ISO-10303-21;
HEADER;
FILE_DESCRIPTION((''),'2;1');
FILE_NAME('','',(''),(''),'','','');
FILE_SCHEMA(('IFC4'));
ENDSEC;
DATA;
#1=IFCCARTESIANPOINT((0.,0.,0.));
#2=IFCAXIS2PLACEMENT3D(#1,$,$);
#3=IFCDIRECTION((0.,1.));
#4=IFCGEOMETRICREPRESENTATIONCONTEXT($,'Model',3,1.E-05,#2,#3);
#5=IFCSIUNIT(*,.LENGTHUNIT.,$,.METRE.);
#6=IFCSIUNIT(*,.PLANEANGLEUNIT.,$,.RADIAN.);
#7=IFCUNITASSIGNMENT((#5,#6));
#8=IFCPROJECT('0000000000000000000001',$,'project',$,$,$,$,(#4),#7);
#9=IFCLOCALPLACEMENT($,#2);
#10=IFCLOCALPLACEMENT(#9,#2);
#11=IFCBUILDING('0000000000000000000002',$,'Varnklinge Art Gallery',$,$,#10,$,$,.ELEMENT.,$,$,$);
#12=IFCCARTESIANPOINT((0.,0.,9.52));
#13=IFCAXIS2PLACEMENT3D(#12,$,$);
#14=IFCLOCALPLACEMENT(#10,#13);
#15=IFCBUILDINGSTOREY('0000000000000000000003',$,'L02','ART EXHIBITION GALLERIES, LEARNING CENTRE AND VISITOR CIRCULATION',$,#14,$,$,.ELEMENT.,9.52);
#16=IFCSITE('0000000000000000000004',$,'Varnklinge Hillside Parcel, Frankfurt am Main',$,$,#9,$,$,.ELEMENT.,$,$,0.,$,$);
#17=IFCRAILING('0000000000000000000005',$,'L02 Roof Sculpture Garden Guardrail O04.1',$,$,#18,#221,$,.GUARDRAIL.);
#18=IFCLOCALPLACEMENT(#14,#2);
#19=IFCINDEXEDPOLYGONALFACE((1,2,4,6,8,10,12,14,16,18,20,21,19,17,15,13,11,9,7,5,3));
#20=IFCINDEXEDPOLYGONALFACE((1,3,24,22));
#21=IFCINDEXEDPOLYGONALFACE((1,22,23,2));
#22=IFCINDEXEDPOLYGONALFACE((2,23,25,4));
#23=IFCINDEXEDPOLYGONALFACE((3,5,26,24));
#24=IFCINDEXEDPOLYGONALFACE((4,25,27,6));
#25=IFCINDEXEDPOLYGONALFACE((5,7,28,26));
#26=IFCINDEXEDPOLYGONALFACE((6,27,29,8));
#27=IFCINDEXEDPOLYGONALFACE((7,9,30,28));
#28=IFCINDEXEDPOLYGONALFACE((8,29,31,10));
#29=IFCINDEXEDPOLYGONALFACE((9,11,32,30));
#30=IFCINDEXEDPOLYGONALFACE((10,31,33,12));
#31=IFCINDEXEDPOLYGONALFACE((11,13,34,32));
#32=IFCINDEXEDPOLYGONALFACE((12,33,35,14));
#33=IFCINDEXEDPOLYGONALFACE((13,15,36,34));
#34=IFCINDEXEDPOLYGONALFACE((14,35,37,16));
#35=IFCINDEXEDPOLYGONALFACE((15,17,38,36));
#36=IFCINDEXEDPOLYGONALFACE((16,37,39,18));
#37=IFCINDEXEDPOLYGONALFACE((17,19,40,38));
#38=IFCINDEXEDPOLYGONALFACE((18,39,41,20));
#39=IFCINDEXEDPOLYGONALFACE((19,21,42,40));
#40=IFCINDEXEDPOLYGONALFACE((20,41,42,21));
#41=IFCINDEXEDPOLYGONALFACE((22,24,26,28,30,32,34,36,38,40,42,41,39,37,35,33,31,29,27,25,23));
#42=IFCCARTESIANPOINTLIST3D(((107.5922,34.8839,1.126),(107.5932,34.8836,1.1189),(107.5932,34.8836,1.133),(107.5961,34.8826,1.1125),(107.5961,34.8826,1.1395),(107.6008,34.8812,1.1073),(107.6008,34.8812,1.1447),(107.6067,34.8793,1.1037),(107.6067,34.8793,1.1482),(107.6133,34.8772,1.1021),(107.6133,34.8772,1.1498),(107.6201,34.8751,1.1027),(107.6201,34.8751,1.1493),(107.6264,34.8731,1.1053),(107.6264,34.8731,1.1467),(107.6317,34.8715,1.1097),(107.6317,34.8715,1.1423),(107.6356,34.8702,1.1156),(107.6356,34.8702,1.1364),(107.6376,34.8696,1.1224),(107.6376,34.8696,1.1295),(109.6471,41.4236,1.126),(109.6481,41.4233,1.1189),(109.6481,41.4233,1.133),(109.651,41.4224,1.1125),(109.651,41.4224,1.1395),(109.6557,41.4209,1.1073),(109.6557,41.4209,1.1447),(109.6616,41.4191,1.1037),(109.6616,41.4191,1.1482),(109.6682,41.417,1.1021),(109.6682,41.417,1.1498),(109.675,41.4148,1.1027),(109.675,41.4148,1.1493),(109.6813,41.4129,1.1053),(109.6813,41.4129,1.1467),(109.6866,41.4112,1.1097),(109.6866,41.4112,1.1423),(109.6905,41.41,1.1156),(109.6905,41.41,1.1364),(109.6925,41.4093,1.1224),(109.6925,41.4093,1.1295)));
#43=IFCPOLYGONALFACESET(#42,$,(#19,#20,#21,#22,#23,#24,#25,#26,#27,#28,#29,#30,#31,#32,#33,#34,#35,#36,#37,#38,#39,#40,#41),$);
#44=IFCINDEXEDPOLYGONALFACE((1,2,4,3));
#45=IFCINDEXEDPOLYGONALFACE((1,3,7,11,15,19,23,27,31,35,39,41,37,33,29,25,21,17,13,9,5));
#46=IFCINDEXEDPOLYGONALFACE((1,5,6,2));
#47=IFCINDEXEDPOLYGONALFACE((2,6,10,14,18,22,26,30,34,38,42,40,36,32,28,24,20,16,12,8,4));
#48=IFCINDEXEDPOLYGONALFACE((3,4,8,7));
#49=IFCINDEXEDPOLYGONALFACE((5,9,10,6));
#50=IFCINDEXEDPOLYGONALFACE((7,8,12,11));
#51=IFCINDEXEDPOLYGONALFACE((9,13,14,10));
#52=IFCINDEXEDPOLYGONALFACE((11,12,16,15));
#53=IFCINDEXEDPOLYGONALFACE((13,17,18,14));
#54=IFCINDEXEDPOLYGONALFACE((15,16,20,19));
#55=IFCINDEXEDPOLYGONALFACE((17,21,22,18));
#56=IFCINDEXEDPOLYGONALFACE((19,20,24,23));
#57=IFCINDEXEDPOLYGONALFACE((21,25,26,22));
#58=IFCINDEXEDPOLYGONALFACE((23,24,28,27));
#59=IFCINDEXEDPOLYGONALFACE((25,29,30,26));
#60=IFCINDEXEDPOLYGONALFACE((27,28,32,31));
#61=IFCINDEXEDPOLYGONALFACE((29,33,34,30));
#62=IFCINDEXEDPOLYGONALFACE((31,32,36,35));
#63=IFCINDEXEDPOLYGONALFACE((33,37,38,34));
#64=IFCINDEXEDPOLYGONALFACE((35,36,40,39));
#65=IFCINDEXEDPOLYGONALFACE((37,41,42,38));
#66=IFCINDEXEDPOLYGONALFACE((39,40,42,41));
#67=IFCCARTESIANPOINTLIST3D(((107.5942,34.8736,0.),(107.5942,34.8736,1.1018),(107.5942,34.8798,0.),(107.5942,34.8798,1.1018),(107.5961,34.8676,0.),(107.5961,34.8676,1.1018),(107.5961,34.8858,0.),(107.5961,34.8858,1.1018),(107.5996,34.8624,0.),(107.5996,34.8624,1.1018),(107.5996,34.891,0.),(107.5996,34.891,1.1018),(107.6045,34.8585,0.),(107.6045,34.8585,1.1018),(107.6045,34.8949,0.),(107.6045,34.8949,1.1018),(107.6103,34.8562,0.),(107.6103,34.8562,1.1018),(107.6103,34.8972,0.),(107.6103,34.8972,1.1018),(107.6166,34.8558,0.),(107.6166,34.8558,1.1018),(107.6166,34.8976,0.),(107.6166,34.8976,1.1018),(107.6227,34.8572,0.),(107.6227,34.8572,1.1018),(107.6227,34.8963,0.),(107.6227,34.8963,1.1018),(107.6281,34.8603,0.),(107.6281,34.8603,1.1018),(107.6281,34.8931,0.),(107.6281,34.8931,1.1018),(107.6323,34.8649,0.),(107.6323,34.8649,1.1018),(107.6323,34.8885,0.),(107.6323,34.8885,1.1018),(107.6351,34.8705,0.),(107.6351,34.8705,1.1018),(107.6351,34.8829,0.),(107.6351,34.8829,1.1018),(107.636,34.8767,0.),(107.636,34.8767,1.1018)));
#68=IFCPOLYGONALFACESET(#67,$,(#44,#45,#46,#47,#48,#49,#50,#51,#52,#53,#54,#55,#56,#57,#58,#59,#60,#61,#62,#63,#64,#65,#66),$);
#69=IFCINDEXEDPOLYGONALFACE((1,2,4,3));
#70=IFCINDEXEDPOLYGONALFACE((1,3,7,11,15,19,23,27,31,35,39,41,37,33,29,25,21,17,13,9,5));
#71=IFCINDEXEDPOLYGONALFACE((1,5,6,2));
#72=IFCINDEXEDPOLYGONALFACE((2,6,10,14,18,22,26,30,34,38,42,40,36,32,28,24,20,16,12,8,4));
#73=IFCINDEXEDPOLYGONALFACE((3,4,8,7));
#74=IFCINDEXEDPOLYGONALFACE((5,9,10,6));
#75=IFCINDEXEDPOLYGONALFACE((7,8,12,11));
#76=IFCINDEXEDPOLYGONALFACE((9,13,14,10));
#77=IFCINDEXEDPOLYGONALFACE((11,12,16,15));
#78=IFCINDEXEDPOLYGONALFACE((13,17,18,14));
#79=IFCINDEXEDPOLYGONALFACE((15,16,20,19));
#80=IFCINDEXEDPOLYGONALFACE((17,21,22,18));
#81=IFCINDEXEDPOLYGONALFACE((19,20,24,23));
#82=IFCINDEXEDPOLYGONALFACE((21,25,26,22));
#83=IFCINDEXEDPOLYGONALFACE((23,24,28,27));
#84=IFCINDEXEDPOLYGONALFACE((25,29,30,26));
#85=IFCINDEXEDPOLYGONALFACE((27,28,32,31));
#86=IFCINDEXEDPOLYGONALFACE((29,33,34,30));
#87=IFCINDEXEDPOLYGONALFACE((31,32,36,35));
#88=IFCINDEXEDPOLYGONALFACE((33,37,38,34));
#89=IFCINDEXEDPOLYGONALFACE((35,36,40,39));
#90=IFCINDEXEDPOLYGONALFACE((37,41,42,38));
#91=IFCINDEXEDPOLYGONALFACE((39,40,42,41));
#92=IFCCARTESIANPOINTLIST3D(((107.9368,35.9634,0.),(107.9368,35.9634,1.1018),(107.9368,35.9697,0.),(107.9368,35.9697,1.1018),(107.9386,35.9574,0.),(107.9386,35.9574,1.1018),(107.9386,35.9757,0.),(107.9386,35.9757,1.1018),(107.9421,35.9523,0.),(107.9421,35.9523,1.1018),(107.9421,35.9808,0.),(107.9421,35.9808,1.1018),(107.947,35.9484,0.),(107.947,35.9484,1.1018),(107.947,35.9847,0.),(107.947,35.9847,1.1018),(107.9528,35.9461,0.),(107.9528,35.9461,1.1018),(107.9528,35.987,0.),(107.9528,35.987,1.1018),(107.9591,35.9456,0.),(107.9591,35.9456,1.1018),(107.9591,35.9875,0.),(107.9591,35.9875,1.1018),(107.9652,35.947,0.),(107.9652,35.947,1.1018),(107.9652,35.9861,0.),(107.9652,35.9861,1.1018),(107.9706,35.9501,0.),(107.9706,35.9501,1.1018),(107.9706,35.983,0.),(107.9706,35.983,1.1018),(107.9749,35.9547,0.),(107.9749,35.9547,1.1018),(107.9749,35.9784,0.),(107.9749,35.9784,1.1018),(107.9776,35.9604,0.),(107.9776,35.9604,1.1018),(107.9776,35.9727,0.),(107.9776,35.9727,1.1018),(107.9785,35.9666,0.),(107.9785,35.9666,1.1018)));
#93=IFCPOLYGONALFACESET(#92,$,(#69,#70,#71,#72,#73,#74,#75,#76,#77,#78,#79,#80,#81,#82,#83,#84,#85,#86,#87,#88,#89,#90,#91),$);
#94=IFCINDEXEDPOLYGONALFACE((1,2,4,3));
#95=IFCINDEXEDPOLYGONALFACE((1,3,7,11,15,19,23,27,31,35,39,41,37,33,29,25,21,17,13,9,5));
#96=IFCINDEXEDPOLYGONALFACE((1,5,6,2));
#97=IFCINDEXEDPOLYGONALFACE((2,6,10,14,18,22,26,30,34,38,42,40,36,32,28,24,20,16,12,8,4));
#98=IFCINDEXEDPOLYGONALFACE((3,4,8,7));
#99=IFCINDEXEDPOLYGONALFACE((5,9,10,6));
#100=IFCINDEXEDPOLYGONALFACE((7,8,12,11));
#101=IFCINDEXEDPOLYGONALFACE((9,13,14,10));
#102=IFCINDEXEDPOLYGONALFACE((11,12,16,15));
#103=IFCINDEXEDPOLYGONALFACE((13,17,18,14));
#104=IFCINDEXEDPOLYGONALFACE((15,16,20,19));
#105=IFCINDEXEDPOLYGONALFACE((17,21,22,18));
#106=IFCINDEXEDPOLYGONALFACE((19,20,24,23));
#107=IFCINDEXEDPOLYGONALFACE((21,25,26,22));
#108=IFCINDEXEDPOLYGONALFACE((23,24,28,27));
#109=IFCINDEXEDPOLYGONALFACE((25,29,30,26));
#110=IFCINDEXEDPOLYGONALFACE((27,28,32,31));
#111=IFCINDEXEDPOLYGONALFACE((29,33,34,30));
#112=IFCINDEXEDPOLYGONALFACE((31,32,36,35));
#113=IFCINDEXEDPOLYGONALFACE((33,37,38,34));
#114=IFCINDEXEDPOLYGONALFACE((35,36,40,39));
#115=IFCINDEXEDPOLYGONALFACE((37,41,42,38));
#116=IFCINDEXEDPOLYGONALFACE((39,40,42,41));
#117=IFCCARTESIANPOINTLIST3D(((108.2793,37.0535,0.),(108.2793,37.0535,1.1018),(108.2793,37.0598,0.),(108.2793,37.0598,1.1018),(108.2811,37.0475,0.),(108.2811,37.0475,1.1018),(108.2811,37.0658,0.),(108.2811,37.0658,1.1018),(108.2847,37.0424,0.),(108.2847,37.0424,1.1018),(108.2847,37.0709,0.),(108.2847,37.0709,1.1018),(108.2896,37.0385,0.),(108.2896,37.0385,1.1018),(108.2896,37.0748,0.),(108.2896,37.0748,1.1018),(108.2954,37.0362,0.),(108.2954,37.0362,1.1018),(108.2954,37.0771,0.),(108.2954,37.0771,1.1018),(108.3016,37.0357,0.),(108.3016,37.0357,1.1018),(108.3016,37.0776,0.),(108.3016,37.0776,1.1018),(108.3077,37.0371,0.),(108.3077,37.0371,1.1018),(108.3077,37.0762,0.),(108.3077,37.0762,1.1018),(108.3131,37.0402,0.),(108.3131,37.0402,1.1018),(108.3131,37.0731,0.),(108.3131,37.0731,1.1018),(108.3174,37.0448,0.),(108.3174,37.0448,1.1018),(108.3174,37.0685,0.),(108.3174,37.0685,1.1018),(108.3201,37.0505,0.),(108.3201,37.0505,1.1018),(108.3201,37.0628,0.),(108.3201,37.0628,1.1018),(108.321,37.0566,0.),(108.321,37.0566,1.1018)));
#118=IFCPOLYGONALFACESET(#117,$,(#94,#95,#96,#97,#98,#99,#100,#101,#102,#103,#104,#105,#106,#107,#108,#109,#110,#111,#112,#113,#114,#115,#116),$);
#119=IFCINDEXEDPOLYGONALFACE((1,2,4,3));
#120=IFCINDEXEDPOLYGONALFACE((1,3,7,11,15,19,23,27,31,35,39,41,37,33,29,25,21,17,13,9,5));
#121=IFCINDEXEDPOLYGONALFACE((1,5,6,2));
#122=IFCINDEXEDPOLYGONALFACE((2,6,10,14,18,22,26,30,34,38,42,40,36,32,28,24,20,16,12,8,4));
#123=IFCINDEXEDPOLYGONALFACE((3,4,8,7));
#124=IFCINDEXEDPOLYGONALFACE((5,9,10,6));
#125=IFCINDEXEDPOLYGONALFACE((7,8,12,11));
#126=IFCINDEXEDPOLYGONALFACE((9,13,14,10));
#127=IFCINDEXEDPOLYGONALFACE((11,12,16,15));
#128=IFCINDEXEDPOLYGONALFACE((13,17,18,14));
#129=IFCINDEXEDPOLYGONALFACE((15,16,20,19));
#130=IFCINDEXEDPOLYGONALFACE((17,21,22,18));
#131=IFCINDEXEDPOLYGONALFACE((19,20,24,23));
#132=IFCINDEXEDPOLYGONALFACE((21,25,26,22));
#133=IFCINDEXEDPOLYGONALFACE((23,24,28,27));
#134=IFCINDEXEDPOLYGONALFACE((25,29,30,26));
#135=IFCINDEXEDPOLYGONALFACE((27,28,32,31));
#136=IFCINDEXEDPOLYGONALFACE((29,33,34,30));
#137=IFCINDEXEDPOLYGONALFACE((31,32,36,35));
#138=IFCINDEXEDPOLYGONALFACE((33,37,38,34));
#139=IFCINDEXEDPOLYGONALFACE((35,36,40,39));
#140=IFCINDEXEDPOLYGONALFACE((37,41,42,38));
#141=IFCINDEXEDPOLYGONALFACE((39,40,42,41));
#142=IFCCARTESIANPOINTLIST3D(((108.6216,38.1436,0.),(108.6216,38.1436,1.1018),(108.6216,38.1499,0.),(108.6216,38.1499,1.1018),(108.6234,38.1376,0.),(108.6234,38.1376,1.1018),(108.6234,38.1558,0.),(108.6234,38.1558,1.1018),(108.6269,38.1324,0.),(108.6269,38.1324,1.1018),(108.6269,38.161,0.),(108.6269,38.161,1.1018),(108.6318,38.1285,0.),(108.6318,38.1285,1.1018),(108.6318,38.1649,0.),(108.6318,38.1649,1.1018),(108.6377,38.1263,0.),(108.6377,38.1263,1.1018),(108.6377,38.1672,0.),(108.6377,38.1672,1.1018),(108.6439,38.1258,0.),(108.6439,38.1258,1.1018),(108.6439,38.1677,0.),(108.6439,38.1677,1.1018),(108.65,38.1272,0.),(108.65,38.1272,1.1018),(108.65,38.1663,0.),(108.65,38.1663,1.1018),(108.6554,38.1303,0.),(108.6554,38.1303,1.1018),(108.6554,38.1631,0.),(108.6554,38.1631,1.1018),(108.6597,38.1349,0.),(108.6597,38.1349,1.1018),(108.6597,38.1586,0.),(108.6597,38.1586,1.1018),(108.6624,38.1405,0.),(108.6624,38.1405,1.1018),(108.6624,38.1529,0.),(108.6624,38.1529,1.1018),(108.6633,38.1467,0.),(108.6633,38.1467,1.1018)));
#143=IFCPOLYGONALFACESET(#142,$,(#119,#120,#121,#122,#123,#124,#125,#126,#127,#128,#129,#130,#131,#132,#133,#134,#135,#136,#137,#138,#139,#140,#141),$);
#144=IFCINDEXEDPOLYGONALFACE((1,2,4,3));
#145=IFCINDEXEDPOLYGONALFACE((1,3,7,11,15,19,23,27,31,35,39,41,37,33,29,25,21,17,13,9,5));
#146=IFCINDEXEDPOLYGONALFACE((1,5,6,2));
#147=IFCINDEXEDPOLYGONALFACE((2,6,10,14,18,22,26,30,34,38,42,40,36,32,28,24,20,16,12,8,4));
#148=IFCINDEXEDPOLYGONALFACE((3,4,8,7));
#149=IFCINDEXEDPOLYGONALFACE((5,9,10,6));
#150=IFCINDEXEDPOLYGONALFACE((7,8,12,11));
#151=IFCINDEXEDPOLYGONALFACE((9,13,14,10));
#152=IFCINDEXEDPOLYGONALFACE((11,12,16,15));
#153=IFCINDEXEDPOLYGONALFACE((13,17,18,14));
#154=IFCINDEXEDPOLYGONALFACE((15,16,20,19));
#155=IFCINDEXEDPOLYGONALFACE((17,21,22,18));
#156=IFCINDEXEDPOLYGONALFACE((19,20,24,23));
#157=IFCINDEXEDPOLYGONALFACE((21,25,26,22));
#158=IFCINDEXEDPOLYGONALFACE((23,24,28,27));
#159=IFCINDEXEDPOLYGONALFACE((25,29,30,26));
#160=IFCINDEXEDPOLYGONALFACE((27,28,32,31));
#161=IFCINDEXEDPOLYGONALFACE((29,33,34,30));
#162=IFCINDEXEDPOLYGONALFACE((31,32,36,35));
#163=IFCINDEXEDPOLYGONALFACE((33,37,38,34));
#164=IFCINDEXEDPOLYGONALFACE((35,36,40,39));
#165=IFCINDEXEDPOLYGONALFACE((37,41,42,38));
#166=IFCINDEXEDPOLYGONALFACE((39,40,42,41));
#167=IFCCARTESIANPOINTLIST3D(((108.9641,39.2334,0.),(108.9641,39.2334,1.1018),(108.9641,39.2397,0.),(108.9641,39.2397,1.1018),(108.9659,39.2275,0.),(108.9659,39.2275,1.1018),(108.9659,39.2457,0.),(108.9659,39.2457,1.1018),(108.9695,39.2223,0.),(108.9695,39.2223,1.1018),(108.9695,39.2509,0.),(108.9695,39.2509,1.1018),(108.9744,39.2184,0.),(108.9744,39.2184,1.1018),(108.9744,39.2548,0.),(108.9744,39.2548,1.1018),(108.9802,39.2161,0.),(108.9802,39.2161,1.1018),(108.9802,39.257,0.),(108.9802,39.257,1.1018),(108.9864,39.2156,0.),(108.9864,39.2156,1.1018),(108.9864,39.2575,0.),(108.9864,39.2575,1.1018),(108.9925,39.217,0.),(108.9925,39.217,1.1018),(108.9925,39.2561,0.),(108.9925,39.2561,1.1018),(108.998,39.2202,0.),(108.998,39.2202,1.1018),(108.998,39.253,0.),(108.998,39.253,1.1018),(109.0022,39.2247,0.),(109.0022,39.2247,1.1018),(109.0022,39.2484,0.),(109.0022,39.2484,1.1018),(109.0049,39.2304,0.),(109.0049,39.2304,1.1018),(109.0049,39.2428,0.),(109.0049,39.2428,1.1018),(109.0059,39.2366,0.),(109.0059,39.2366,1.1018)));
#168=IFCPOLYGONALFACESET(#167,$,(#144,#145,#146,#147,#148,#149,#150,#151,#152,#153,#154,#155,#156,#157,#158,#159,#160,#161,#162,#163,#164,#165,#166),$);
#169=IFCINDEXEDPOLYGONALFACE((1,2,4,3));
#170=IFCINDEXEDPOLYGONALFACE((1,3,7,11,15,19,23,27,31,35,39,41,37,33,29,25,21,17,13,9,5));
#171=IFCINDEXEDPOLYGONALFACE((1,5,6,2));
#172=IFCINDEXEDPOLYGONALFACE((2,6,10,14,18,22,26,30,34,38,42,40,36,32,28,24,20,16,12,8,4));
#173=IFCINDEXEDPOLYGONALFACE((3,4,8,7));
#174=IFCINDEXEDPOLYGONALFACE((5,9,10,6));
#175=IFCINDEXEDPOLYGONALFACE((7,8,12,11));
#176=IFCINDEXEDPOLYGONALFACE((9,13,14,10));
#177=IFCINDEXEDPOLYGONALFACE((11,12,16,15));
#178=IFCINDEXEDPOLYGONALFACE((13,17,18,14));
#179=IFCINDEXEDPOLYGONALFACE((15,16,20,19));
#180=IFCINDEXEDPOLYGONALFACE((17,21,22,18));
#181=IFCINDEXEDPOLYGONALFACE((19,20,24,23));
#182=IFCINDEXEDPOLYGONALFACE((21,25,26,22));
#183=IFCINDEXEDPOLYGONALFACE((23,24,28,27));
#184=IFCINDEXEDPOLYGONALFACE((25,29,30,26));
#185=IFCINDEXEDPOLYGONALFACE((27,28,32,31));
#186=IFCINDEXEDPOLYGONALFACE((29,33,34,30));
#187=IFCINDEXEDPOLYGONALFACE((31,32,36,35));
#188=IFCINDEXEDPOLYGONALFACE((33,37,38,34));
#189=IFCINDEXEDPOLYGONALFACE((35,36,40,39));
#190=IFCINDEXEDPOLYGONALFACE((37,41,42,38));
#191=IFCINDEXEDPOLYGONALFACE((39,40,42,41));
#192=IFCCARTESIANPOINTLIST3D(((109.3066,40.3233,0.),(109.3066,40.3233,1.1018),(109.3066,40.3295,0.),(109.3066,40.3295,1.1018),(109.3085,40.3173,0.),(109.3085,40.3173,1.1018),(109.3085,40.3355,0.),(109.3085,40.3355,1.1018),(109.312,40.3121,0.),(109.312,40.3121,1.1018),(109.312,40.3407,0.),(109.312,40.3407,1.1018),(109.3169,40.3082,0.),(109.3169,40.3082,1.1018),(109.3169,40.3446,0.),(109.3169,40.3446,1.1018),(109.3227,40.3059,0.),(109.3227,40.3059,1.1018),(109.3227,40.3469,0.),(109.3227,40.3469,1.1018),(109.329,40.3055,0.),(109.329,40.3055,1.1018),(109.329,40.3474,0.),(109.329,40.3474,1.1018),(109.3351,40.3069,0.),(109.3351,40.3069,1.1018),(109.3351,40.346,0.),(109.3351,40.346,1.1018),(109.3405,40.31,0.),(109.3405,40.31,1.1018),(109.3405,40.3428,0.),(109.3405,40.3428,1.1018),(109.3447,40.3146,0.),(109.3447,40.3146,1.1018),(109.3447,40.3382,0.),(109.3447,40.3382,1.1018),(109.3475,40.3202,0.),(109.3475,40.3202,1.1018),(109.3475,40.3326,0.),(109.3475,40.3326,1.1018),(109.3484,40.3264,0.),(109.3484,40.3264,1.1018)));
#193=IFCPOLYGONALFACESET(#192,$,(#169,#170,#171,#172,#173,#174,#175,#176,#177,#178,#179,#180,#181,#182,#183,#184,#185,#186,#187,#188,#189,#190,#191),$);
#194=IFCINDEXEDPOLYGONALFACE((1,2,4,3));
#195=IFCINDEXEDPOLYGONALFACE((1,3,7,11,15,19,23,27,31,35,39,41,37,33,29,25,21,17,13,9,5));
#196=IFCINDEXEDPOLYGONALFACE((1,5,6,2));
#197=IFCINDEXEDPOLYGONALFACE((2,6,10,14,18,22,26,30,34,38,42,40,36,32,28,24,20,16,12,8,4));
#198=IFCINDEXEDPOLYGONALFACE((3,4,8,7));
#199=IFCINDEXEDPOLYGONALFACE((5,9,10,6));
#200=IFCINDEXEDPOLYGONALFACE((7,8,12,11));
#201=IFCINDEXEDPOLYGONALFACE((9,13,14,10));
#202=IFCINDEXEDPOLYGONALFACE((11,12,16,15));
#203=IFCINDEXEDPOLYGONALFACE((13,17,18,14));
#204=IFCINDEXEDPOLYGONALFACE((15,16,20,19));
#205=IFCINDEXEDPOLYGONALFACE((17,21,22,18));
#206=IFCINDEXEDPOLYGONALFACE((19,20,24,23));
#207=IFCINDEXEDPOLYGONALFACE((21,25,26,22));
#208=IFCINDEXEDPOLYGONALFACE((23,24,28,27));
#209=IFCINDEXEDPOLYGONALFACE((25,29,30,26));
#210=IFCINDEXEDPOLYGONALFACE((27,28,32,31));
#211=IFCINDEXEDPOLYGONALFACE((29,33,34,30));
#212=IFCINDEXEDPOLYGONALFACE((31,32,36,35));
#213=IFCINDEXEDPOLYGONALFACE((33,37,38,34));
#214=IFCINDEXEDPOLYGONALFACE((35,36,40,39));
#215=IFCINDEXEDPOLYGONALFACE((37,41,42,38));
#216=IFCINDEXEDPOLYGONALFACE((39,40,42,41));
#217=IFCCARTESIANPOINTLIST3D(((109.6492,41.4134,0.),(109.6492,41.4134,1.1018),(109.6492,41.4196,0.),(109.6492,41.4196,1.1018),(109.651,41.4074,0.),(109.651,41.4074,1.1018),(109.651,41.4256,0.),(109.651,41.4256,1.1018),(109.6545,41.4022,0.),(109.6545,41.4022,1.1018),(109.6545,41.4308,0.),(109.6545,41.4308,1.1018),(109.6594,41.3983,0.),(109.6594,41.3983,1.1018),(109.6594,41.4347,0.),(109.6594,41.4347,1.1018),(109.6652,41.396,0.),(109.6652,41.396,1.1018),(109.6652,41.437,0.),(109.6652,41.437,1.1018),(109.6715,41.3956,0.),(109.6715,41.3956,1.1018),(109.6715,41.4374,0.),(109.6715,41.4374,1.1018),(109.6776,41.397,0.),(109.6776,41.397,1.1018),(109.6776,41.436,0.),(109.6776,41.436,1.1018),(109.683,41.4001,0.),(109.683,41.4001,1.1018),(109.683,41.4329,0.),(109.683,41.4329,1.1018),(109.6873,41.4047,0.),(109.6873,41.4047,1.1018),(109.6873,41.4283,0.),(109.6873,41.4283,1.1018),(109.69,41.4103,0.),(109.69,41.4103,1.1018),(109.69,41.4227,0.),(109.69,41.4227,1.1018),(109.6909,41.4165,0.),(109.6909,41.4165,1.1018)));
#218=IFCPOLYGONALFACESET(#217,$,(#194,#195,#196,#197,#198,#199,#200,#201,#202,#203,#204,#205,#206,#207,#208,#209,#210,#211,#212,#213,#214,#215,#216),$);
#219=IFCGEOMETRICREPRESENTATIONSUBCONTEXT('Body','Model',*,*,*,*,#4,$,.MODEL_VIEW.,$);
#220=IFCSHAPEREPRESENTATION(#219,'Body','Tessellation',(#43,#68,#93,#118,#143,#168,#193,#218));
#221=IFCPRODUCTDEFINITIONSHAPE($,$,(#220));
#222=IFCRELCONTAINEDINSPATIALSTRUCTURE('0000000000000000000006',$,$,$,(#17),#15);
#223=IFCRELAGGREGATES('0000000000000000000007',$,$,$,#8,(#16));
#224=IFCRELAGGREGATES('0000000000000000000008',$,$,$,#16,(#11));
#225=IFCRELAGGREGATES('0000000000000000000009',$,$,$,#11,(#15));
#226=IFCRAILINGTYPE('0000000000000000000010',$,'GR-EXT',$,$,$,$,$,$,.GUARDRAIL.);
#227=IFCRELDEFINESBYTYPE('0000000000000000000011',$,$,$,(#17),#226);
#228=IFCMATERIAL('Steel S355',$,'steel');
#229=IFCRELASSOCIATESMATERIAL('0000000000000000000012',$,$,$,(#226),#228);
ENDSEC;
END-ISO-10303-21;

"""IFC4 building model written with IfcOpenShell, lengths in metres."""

from ifc_helpers import new_model, si_unit, direction, frame, origin, origin_2d, place, context, subcontext, project, spatial, circle, extrude, material, type_object, element, save


model = new_model("IFC4")

# Units and contexts
model_context = context("Model", 3, precision=1e-05, world=origin(), true_north=direction((0.0, 1.0)))
body_context = subcontext(model_context, "Body", "Model", "MODEL_VIEW")
ifc_project = project(units=[si_unit("LENGTHUNIT", "METRE"), si_unit("PLANEANGLEUNIT", "RADIAN")], contexts=[model_context])

# Site, building, storey
site_placement = place(None, origin())
site = spatial("IfcSite", under=ifc_project, at=site_placement, Name="Varnklinge Hillside Parcel, Frankfurt am Main", CompositionType="ELEMENT", RefElevation=0.0)
building_placement = place(site_placement, origin())
building = spatial("IfcBuilding", under=site, at=building_placement, Name="Varnklinge Art Gallery", CompositionType="ELEMENT")
storey_placement = place(building_placement, frame((0.0, 0.0, 9.52)))
storey = spatial("IfcBuildingStorey", under=building, at=storey_placement, Name="L02", Description="ART EXHIBITION GALLERIES, LEARNING CENTRE AND VISITOR CIRCULATION", CompositionType="ELEMENT", Elevation=9.52)

# Railing
ifc_material_1 = material(Name="Steel S355", Category="steel")
railing_type_1 = type_object("IfcRailingType", Name="GR-EXT", PredefinedType="GUARDRAIL", material=ifc_material_1)
railing_1_placement = place(storey_placement, frame((107.615, 34.8767, 0.0)))
element("IfcRailing", 1, at=railing_1_placement, inside=storey, type_object=railing_type_1, Name="L02 Roof Sculpture Garden Guardrail O04.1", PredefinedType="GUARDRAIL", context=body_context, shape_type="SweptSolid", body=[
    extrude(circle(Radius=0.0239, at=origin_2d()), frame((0.0, 0.0, 1.126), z_axis=(0.299769, 0.954012, 0.0), x_axis=(-0.954012, 0.299769, 0.0)), (0.0, 0.0, 1.0), 6.855),
    extrude(circle(Radius=0.021, at=origin_2d()), origin(), (0.0, 0.0, 1.0), 1.1018),
    extrude(circle(Radius=0.021, at=origin_2d()), frame((0.3425, 1.0898, 0.0)), (0.0, 0.0, 1.0), 1.1018),
    extrude(circle(Radius=0.021, at=origin_2d()), frame((0.6851, 2.1799, 0.0)), (0.0, 0.0, 1.0), 1.1018),
    extrude(circle(Radius=0.021, at=origin_2d()), frame((1.0273, 3.27, 0.0)), (0.0, 0.0, 1.0), 1.1018),
    extrude(circle(Radius=0.021, at=origin_2d()), frame((1.3699, 4.3599, 0.0)), (0.0, 0.0, 1.0), 1.1018),
    extrude(circle(Radius=0.021, at=origin_2d()), frame((1.7124, 5.4497, 0.0)), (0.0, 0.0, 1.0), 1.1018),
    extrude(circle(Radius=0.021, at=origin_2d()), frame((2.0549, 6.5398, 0.0)), (0.0, 0.0, 1.0), 1.1018),
])

save(model, "model.ifc")
